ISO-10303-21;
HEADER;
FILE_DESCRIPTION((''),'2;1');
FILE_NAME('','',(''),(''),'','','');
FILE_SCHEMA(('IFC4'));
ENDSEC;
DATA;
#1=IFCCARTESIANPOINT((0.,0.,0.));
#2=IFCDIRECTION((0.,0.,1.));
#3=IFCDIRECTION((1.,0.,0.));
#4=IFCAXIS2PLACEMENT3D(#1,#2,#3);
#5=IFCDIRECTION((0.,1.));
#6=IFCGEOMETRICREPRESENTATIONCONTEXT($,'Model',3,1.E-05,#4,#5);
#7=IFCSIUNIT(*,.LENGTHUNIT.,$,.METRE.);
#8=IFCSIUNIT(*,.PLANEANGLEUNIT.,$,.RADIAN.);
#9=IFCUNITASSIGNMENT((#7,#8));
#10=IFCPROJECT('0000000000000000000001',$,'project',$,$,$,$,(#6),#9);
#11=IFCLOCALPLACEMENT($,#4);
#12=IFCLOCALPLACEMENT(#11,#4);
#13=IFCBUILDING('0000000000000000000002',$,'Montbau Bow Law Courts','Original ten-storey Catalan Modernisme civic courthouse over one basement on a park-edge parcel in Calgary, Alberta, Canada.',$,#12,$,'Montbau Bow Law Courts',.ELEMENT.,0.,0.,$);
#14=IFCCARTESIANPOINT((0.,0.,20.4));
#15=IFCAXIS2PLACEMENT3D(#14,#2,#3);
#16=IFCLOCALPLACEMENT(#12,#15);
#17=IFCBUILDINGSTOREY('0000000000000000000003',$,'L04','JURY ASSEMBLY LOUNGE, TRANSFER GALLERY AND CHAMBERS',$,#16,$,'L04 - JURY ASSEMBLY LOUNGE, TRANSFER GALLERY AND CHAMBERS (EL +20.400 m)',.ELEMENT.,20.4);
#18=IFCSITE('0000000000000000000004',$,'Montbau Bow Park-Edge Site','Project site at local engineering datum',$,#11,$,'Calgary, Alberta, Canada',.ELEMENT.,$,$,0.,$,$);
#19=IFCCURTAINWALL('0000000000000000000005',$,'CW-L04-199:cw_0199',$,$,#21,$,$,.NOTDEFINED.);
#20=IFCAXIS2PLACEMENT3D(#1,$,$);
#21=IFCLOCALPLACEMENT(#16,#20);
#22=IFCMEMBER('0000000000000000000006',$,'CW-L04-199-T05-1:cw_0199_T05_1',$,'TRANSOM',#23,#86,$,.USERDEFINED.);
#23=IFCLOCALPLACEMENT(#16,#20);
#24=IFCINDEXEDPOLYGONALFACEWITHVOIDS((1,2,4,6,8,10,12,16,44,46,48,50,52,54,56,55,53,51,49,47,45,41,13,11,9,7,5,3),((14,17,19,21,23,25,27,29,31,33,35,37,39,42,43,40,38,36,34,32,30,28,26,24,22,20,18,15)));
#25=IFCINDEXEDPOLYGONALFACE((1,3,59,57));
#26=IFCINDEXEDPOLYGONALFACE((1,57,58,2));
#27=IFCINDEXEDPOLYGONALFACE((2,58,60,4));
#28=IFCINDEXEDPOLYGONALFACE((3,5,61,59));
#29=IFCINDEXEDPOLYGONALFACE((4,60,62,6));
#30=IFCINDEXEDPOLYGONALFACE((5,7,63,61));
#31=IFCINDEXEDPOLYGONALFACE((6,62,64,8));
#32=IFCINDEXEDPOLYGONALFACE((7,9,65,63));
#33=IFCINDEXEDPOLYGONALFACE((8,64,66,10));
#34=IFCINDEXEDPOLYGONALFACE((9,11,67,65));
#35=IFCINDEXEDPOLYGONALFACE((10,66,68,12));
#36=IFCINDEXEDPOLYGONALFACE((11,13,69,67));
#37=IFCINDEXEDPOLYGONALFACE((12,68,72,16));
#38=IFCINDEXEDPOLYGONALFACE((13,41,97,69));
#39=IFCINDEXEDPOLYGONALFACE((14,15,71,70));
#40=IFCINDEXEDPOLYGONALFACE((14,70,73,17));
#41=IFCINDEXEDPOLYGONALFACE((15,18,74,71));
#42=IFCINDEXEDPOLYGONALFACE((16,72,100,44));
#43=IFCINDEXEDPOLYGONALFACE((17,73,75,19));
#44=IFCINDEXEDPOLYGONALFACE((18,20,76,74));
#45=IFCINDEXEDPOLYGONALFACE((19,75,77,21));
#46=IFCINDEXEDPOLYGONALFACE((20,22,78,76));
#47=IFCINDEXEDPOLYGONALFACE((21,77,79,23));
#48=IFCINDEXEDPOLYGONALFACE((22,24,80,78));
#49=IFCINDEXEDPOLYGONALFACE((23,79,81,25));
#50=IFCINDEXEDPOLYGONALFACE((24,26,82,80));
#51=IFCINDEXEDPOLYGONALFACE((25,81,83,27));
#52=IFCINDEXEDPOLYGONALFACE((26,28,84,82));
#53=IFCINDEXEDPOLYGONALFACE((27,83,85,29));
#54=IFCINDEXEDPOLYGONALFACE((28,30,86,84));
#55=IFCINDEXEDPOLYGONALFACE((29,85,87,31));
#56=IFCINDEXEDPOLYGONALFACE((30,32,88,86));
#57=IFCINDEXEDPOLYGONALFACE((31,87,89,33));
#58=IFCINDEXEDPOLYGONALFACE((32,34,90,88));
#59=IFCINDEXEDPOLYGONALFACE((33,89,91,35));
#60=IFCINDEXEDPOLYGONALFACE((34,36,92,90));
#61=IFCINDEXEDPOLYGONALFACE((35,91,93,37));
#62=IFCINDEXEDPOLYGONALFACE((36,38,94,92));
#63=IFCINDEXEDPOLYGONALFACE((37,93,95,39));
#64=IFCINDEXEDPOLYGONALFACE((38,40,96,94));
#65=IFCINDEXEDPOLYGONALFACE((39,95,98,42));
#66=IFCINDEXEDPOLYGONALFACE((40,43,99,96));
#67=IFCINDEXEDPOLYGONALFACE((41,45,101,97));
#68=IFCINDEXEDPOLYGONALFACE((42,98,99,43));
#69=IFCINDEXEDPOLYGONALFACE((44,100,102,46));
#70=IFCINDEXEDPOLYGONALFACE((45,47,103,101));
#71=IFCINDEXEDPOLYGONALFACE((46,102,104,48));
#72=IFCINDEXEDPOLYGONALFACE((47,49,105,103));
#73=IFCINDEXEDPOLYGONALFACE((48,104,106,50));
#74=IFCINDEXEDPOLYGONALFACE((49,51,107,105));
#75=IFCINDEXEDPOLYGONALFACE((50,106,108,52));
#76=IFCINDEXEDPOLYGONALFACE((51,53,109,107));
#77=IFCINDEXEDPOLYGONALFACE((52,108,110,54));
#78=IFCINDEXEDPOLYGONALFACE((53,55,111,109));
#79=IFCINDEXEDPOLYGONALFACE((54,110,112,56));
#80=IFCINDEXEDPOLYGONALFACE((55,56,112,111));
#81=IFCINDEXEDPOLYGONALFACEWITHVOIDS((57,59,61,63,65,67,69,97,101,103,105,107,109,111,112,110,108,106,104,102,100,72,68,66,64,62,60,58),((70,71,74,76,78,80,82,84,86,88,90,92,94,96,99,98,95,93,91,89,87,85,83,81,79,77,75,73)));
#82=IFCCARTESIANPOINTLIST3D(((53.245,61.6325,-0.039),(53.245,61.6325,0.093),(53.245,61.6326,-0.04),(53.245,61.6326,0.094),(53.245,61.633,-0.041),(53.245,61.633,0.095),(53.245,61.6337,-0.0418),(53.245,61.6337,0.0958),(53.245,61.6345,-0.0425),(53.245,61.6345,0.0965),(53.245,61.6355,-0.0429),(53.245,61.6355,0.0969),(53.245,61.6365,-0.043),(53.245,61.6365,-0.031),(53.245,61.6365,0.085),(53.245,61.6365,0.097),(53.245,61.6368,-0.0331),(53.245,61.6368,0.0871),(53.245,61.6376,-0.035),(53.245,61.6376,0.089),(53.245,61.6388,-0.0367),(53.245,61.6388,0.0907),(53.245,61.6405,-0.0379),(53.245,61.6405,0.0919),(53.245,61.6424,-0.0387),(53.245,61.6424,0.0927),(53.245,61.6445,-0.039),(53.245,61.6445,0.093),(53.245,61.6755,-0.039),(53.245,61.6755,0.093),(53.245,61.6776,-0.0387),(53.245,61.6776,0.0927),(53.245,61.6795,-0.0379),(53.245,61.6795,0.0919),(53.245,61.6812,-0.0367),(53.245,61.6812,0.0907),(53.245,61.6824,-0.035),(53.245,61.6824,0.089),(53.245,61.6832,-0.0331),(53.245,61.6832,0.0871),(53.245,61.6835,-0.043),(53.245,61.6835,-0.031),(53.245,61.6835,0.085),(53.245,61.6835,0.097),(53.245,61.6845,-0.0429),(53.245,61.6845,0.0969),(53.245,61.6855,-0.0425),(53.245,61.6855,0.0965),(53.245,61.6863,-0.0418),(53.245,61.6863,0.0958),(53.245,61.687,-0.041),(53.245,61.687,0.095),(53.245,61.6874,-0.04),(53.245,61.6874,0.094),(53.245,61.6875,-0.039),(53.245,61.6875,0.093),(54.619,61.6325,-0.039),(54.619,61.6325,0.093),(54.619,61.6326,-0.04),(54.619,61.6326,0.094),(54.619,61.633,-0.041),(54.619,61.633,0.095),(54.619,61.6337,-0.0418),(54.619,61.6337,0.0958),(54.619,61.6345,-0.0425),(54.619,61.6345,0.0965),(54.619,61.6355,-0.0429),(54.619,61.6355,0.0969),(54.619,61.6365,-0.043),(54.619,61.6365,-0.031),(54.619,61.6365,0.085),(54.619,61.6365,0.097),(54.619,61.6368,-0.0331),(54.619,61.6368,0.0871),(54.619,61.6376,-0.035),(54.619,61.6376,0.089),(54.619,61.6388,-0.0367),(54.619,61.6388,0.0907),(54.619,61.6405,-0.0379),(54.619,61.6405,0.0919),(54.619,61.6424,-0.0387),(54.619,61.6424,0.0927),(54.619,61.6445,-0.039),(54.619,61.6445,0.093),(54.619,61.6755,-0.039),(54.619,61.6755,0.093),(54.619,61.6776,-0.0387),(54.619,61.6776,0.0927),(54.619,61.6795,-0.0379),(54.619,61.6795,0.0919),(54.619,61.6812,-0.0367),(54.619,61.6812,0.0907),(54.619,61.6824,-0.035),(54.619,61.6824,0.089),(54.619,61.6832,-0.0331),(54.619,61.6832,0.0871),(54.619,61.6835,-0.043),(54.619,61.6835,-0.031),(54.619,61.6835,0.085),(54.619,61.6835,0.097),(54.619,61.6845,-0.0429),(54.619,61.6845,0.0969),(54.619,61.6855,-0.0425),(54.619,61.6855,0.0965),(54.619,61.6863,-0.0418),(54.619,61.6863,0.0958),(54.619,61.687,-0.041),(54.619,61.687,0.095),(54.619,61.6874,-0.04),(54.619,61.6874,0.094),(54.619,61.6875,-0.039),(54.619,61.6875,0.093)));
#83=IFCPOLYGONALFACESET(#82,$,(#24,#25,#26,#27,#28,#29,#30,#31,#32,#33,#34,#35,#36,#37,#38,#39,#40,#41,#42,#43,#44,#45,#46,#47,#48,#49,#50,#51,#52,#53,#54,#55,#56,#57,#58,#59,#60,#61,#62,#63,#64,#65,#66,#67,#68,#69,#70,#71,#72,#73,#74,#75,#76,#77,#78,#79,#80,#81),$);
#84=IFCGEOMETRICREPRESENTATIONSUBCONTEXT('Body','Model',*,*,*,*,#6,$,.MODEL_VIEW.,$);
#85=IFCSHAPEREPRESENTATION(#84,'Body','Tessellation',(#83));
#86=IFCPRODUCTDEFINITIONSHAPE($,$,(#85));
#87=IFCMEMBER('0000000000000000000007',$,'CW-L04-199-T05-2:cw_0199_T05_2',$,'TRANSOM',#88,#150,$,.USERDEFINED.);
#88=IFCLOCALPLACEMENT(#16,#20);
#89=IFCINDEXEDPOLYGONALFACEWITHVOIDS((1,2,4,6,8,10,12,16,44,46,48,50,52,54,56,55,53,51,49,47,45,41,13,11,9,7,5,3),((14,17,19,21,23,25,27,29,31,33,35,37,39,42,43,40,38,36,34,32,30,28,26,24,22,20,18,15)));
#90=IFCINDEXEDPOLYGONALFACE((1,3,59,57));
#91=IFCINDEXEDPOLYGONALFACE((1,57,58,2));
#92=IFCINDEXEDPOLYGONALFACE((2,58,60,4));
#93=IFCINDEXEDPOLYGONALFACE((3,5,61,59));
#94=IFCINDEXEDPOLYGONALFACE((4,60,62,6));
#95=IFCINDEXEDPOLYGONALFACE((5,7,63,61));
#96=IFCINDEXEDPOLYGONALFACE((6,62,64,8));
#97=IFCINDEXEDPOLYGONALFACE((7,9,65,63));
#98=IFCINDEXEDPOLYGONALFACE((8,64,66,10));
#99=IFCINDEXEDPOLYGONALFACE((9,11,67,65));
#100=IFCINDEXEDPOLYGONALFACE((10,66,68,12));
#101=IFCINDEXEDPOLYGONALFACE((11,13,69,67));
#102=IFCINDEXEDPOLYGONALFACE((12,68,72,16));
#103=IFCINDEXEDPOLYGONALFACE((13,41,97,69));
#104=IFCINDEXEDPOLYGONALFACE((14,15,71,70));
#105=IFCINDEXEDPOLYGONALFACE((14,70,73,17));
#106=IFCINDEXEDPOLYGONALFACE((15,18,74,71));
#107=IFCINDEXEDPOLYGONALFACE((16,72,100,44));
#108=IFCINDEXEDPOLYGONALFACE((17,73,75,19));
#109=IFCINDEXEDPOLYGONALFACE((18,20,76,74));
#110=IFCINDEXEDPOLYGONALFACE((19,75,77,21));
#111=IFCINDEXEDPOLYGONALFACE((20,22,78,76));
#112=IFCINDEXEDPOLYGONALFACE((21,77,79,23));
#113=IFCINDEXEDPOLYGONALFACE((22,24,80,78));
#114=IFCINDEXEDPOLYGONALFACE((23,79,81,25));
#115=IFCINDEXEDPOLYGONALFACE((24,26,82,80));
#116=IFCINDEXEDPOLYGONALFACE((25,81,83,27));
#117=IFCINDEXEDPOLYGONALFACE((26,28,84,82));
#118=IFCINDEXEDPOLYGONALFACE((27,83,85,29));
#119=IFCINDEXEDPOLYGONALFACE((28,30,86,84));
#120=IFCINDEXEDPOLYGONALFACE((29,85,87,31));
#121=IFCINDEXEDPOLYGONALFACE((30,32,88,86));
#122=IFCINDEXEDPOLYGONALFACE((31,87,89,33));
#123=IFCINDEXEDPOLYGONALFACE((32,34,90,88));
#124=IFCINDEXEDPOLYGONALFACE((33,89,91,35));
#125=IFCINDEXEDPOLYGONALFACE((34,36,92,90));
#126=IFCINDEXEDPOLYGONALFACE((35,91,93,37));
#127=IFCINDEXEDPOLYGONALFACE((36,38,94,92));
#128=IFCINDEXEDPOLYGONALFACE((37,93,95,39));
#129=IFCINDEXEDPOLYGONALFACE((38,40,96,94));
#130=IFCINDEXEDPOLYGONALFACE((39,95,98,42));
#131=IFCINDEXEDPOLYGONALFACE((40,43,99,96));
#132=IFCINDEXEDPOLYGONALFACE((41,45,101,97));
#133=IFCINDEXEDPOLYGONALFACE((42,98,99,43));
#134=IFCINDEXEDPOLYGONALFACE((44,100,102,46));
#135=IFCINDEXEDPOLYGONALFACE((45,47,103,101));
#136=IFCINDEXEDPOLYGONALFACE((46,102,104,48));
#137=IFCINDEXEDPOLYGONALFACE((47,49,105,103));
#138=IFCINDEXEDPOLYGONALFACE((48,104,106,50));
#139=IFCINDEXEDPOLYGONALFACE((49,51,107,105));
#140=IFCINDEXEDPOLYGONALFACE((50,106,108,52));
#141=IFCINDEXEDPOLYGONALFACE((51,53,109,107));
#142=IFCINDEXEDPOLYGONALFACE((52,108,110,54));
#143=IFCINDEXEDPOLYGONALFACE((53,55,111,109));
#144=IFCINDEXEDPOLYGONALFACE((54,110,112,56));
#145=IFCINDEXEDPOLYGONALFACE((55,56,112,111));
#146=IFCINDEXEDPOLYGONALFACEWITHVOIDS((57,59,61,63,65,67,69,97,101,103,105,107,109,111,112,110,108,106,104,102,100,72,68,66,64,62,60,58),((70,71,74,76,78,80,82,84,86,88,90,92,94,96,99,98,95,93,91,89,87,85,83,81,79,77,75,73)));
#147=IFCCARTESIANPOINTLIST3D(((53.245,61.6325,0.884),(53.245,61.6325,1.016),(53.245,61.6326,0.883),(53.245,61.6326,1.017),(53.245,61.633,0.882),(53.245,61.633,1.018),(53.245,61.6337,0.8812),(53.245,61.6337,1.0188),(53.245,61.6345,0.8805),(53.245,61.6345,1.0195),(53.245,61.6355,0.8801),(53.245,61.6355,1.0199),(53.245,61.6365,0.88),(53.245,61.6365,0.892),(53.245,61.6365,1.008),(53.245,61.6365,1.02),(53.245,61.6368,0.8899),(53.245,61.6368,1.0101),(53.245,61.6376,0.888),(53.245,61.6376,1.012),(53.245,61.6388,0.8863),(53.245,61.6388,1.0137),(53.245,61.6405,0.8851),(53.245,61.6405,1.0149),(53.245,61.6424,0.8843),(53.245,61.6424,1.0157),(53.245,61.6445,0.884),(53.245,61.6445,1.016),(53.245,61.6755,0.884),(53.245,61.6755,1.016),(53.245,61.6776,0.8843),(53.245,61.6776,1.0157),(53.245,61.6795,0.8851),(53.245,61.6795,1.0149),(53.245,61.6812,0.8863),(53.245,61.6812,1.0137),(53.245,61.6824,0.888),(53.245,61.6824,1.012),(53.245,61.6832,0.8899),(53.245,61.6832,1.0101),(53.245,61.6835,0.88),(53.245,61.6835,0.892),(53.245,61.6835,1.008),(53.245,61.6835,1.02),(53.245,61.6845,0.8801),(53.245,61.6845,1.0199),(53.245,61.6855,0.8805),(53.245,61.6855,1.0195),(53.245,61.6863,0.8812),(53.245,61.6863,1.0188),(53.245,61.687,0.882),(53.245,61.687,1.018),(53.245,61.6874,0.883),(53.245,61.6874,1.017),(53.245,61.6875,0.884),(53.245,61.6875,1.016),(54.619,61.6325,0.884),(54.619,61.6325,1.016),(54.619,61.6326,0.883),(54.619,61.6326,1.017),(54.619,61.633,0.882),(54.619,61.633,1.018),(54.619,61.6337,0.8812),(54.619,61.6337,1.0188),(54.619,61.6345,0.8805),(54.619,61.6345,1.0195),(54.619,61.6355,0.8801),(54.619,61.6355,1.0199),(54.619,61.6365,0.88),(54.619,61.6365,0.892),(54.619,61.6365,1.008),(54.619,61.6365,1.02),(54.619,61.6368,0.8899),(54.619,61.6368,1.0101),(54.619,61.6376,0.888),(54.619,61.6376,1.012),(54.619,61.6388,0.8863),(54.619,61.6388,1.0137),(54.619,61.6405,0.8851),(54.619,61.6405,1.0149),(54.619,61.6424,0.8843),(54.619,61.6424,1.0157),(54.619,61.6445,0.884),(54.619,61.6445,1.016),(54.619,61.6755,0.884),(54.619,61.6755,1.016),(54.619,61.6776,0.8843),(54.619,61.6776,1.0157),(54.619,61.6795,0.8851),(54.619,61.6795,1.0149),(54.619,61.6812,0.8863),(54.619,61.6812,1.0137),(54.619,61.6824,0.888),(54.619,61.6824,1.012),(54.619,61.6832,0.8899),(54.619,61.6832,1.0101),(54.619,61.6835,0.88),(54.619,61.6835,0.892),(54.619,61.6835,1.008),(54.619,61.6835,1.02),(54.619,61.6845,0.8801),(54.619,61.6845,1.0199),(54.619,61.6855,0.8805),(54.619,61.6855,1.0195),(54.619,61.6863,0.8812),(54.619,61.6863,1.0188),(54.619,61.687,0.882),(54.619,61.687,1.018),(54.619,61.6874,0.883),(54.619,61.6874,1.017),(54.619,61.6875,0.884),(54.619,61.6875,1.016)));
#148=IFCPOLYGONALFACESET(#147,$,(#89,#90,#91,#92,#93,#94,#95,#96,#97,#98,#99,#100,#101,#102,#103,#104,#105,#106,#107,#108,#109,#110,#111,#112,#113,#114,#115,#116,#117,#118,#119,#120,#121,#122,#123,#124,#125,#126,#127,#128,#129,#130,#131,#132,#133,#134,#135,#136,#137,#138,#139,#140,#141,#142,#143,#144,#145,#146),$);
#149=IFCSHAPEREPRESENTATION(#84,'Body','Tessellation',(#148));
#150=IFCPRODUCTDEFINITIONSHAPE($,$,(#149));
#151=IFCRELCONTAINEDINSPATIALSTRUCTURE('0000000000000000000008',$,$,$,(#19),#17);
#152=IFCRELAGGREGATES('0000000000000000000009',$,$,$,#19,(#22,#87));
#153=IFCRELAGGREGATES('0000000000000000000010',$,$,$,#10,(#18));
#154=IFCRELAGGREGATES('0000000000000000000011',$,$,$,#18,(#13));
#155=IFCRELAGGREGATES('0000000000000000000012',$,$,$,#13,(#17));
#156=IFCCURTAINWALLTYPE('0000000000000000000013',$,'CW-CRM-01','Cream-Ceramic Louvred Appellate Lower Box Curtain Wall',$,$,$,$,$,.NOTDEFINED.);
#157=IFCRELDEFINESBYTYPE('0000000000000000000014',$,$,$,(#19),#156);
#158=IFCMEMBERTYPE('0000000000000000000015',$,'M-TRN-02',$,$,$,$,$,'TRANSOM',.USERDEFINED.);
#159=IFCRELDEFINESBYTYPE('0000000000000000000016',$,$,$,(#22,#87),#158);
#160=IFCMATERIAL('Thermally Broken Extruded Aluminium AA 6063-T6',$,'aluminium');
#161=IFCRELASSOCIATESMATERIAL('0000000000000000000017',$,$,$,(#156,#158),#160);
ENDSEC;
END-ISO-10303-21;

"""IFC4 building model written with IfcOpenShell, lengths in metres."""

from ifc_helpers import new_model, si_unit, direction, frame, origin_with_axes, origin_2d_with_axis, place, context, subcontext, project, spatial, hollow_rectangle, extrude, material, material_profile, profile_set, type_object, element, aggregate, save


model = new_model("IFC4")

# Units and contexts
model_context = context("Model", 3, precision=1e-05, world=origin_with_axes(), true_north=direction((0.0, 1.0)))
body_context = subcontext(model_context, "Body", "Model", "MODEL_VIEW")
ifc_project = project(units=[si_unit("LENGTHUNIT", "METRE"), si_unit("PLANEANGLEUNIT", "RADIAN")], contexts=[model_context])

# Site, building, storey
site_placement = place(None, origin_with_axes())
site = spatial("IfcSite", under=ifc_project, at=site_placement, Name="Montbau Bow Park-Edge Site", Description="Project site at local engineering datum", LongName="Calgary, Alberta, Canada", CompositionType="ELEMENT", RefElevation=0.0)
building_placement = place(site_placement, origin_with_axes())
building = spatial("IfcBuilding", under=site, at=building_placement, Name="Montbau Bow Law Courts", Description="Original ten-storey Catalan Modernisme civic courthouse over one basement on a park-edge parcel in Calgary, Alberta, Canada.", LongName="Montbau Bow Law Courts", CompositionType="ELEMENT", ElevationOfRefHeight=0.0, ElevationOfTerrain=0.0)
storey_placement = place(building_placement, frame((0.0, 0.0, 20.4), z_axis=(0.0, 0.0, 1.0), x_axis=(1.0, 0.0, 0.0)))
storey = spatial("IfcBuildingStorey", under=building, at=storey_placement, Name="L04", Description="JURY ASSEMBLY LOUNGE, TRANSFER GALLERY AND CHAMBERS", LongName="L04 - JURY ASSEMBLY LOUNGE, TRANSFER GALLERY AND CHAMBERS (EL +20.400 m)", CompositionType="ELEMENT", Elevation=20.4)

# Curtain wall
ifc_material_1 = material(Name="Thermally Broken Extruded Aluminium AA 6063-T6", Category="aluminium")
curtain_wall_type = type_object("IfcCurtainWallType", Name="CW-CRM-01", Description="Cream-Ceramic Louvred Appellate Lower Box Curtain Wall", PredefinedType="NOTDEFINED", material=ifc_material_1)
curtain_wall_1_placement = place(None, frame((47.315, 61.66, 20.4), z_axis=(0.0, 0.0, 1.0), x_axis=(1.0, 0.0, 0.0)))
curtain_wall_1 = element("IfcCurtainWall", 1, at=curtain_wall_1_placement, inside=storey, type_object=curtain_wall_type, Name="CW-L04-199:cw_0199", PredefinedType="NOTDEFINED")

# Members
ifc_material_profile_1 = material_profile(ifc_material_1, hollow_rectangle(XDim=0.055, YDim=0.14, WallThickness=0.004, InnerFilletRadius=0.008, OuterFilletRadius=0.004, at=origin_2d_with_axis()), Name="CWT-140X55", Category="Main", Priority=0)
ifc_profile_set_1 = profile_set([ifc_material_profile_1], Name="Thermally Broken Extruded Aluminium AA 6063-T6")
member_type_1 = type_object("IfcMemberType", Name="M-TRN-02", ElementType="TRANSOM", PredefinedType="USERDEFINED", material=ifc_profile_set_1)
member_1_placement = place(None, frame((53.245, 61.66, 20.427), z_axis=(1.0, 0.0, 0.0), x_axis=(0.0, 1.0, 0.0)))
member_1 = element("IfcMember", 2, at=member_1_placement, type_object=member_type_1, Name="CW-L04-199-T05-1:cw_0199_T05_1", ObjectType="TRANSOM", PredefinedType="USERDEFINED", context=body_context, shape_type="SweptSolid", body=[
    extrude(hollow_rectangle(XDim=0.055, YDim=0.14, WallThickness=0.004, InnerFilletRadius=0.008, OuterFilletRadius=0.004, at=origin_2d_with_axis()), origin_with_axes(), (0.0, 0.0, 1.0), 1.374),
])
member_2_placement = place(None, frame((53.245, 61.66, 21.35), z_axis=(1.0, 0.0, 0.0), x_axis=(0.0, 1.0, 0.0)))
member_2 = element("IfcMember", 3, at=member_2_placement, type_object=member_type_1, Name="CW-L04-199-T05-2:cw_0199_T05_2", ObjectType="TRANSOM", PredefinedType="USERDEFINED", context=body_context, shape_type="SweptSolid", body=[
    extrude(hollow_rectangle(XDim=0.055, YDim=0.14, WallThickness=0.004, InnerFilletRadius=0.008, OuterFilletRadius=0.004, at=origin_2d_with_axis()), origin_with_axes(), (0.0, 0.0, 1.0), 1.374),
])

aggregate(curtain_wall_1, [member_1, member_2])

save(model, "model.ifc")
